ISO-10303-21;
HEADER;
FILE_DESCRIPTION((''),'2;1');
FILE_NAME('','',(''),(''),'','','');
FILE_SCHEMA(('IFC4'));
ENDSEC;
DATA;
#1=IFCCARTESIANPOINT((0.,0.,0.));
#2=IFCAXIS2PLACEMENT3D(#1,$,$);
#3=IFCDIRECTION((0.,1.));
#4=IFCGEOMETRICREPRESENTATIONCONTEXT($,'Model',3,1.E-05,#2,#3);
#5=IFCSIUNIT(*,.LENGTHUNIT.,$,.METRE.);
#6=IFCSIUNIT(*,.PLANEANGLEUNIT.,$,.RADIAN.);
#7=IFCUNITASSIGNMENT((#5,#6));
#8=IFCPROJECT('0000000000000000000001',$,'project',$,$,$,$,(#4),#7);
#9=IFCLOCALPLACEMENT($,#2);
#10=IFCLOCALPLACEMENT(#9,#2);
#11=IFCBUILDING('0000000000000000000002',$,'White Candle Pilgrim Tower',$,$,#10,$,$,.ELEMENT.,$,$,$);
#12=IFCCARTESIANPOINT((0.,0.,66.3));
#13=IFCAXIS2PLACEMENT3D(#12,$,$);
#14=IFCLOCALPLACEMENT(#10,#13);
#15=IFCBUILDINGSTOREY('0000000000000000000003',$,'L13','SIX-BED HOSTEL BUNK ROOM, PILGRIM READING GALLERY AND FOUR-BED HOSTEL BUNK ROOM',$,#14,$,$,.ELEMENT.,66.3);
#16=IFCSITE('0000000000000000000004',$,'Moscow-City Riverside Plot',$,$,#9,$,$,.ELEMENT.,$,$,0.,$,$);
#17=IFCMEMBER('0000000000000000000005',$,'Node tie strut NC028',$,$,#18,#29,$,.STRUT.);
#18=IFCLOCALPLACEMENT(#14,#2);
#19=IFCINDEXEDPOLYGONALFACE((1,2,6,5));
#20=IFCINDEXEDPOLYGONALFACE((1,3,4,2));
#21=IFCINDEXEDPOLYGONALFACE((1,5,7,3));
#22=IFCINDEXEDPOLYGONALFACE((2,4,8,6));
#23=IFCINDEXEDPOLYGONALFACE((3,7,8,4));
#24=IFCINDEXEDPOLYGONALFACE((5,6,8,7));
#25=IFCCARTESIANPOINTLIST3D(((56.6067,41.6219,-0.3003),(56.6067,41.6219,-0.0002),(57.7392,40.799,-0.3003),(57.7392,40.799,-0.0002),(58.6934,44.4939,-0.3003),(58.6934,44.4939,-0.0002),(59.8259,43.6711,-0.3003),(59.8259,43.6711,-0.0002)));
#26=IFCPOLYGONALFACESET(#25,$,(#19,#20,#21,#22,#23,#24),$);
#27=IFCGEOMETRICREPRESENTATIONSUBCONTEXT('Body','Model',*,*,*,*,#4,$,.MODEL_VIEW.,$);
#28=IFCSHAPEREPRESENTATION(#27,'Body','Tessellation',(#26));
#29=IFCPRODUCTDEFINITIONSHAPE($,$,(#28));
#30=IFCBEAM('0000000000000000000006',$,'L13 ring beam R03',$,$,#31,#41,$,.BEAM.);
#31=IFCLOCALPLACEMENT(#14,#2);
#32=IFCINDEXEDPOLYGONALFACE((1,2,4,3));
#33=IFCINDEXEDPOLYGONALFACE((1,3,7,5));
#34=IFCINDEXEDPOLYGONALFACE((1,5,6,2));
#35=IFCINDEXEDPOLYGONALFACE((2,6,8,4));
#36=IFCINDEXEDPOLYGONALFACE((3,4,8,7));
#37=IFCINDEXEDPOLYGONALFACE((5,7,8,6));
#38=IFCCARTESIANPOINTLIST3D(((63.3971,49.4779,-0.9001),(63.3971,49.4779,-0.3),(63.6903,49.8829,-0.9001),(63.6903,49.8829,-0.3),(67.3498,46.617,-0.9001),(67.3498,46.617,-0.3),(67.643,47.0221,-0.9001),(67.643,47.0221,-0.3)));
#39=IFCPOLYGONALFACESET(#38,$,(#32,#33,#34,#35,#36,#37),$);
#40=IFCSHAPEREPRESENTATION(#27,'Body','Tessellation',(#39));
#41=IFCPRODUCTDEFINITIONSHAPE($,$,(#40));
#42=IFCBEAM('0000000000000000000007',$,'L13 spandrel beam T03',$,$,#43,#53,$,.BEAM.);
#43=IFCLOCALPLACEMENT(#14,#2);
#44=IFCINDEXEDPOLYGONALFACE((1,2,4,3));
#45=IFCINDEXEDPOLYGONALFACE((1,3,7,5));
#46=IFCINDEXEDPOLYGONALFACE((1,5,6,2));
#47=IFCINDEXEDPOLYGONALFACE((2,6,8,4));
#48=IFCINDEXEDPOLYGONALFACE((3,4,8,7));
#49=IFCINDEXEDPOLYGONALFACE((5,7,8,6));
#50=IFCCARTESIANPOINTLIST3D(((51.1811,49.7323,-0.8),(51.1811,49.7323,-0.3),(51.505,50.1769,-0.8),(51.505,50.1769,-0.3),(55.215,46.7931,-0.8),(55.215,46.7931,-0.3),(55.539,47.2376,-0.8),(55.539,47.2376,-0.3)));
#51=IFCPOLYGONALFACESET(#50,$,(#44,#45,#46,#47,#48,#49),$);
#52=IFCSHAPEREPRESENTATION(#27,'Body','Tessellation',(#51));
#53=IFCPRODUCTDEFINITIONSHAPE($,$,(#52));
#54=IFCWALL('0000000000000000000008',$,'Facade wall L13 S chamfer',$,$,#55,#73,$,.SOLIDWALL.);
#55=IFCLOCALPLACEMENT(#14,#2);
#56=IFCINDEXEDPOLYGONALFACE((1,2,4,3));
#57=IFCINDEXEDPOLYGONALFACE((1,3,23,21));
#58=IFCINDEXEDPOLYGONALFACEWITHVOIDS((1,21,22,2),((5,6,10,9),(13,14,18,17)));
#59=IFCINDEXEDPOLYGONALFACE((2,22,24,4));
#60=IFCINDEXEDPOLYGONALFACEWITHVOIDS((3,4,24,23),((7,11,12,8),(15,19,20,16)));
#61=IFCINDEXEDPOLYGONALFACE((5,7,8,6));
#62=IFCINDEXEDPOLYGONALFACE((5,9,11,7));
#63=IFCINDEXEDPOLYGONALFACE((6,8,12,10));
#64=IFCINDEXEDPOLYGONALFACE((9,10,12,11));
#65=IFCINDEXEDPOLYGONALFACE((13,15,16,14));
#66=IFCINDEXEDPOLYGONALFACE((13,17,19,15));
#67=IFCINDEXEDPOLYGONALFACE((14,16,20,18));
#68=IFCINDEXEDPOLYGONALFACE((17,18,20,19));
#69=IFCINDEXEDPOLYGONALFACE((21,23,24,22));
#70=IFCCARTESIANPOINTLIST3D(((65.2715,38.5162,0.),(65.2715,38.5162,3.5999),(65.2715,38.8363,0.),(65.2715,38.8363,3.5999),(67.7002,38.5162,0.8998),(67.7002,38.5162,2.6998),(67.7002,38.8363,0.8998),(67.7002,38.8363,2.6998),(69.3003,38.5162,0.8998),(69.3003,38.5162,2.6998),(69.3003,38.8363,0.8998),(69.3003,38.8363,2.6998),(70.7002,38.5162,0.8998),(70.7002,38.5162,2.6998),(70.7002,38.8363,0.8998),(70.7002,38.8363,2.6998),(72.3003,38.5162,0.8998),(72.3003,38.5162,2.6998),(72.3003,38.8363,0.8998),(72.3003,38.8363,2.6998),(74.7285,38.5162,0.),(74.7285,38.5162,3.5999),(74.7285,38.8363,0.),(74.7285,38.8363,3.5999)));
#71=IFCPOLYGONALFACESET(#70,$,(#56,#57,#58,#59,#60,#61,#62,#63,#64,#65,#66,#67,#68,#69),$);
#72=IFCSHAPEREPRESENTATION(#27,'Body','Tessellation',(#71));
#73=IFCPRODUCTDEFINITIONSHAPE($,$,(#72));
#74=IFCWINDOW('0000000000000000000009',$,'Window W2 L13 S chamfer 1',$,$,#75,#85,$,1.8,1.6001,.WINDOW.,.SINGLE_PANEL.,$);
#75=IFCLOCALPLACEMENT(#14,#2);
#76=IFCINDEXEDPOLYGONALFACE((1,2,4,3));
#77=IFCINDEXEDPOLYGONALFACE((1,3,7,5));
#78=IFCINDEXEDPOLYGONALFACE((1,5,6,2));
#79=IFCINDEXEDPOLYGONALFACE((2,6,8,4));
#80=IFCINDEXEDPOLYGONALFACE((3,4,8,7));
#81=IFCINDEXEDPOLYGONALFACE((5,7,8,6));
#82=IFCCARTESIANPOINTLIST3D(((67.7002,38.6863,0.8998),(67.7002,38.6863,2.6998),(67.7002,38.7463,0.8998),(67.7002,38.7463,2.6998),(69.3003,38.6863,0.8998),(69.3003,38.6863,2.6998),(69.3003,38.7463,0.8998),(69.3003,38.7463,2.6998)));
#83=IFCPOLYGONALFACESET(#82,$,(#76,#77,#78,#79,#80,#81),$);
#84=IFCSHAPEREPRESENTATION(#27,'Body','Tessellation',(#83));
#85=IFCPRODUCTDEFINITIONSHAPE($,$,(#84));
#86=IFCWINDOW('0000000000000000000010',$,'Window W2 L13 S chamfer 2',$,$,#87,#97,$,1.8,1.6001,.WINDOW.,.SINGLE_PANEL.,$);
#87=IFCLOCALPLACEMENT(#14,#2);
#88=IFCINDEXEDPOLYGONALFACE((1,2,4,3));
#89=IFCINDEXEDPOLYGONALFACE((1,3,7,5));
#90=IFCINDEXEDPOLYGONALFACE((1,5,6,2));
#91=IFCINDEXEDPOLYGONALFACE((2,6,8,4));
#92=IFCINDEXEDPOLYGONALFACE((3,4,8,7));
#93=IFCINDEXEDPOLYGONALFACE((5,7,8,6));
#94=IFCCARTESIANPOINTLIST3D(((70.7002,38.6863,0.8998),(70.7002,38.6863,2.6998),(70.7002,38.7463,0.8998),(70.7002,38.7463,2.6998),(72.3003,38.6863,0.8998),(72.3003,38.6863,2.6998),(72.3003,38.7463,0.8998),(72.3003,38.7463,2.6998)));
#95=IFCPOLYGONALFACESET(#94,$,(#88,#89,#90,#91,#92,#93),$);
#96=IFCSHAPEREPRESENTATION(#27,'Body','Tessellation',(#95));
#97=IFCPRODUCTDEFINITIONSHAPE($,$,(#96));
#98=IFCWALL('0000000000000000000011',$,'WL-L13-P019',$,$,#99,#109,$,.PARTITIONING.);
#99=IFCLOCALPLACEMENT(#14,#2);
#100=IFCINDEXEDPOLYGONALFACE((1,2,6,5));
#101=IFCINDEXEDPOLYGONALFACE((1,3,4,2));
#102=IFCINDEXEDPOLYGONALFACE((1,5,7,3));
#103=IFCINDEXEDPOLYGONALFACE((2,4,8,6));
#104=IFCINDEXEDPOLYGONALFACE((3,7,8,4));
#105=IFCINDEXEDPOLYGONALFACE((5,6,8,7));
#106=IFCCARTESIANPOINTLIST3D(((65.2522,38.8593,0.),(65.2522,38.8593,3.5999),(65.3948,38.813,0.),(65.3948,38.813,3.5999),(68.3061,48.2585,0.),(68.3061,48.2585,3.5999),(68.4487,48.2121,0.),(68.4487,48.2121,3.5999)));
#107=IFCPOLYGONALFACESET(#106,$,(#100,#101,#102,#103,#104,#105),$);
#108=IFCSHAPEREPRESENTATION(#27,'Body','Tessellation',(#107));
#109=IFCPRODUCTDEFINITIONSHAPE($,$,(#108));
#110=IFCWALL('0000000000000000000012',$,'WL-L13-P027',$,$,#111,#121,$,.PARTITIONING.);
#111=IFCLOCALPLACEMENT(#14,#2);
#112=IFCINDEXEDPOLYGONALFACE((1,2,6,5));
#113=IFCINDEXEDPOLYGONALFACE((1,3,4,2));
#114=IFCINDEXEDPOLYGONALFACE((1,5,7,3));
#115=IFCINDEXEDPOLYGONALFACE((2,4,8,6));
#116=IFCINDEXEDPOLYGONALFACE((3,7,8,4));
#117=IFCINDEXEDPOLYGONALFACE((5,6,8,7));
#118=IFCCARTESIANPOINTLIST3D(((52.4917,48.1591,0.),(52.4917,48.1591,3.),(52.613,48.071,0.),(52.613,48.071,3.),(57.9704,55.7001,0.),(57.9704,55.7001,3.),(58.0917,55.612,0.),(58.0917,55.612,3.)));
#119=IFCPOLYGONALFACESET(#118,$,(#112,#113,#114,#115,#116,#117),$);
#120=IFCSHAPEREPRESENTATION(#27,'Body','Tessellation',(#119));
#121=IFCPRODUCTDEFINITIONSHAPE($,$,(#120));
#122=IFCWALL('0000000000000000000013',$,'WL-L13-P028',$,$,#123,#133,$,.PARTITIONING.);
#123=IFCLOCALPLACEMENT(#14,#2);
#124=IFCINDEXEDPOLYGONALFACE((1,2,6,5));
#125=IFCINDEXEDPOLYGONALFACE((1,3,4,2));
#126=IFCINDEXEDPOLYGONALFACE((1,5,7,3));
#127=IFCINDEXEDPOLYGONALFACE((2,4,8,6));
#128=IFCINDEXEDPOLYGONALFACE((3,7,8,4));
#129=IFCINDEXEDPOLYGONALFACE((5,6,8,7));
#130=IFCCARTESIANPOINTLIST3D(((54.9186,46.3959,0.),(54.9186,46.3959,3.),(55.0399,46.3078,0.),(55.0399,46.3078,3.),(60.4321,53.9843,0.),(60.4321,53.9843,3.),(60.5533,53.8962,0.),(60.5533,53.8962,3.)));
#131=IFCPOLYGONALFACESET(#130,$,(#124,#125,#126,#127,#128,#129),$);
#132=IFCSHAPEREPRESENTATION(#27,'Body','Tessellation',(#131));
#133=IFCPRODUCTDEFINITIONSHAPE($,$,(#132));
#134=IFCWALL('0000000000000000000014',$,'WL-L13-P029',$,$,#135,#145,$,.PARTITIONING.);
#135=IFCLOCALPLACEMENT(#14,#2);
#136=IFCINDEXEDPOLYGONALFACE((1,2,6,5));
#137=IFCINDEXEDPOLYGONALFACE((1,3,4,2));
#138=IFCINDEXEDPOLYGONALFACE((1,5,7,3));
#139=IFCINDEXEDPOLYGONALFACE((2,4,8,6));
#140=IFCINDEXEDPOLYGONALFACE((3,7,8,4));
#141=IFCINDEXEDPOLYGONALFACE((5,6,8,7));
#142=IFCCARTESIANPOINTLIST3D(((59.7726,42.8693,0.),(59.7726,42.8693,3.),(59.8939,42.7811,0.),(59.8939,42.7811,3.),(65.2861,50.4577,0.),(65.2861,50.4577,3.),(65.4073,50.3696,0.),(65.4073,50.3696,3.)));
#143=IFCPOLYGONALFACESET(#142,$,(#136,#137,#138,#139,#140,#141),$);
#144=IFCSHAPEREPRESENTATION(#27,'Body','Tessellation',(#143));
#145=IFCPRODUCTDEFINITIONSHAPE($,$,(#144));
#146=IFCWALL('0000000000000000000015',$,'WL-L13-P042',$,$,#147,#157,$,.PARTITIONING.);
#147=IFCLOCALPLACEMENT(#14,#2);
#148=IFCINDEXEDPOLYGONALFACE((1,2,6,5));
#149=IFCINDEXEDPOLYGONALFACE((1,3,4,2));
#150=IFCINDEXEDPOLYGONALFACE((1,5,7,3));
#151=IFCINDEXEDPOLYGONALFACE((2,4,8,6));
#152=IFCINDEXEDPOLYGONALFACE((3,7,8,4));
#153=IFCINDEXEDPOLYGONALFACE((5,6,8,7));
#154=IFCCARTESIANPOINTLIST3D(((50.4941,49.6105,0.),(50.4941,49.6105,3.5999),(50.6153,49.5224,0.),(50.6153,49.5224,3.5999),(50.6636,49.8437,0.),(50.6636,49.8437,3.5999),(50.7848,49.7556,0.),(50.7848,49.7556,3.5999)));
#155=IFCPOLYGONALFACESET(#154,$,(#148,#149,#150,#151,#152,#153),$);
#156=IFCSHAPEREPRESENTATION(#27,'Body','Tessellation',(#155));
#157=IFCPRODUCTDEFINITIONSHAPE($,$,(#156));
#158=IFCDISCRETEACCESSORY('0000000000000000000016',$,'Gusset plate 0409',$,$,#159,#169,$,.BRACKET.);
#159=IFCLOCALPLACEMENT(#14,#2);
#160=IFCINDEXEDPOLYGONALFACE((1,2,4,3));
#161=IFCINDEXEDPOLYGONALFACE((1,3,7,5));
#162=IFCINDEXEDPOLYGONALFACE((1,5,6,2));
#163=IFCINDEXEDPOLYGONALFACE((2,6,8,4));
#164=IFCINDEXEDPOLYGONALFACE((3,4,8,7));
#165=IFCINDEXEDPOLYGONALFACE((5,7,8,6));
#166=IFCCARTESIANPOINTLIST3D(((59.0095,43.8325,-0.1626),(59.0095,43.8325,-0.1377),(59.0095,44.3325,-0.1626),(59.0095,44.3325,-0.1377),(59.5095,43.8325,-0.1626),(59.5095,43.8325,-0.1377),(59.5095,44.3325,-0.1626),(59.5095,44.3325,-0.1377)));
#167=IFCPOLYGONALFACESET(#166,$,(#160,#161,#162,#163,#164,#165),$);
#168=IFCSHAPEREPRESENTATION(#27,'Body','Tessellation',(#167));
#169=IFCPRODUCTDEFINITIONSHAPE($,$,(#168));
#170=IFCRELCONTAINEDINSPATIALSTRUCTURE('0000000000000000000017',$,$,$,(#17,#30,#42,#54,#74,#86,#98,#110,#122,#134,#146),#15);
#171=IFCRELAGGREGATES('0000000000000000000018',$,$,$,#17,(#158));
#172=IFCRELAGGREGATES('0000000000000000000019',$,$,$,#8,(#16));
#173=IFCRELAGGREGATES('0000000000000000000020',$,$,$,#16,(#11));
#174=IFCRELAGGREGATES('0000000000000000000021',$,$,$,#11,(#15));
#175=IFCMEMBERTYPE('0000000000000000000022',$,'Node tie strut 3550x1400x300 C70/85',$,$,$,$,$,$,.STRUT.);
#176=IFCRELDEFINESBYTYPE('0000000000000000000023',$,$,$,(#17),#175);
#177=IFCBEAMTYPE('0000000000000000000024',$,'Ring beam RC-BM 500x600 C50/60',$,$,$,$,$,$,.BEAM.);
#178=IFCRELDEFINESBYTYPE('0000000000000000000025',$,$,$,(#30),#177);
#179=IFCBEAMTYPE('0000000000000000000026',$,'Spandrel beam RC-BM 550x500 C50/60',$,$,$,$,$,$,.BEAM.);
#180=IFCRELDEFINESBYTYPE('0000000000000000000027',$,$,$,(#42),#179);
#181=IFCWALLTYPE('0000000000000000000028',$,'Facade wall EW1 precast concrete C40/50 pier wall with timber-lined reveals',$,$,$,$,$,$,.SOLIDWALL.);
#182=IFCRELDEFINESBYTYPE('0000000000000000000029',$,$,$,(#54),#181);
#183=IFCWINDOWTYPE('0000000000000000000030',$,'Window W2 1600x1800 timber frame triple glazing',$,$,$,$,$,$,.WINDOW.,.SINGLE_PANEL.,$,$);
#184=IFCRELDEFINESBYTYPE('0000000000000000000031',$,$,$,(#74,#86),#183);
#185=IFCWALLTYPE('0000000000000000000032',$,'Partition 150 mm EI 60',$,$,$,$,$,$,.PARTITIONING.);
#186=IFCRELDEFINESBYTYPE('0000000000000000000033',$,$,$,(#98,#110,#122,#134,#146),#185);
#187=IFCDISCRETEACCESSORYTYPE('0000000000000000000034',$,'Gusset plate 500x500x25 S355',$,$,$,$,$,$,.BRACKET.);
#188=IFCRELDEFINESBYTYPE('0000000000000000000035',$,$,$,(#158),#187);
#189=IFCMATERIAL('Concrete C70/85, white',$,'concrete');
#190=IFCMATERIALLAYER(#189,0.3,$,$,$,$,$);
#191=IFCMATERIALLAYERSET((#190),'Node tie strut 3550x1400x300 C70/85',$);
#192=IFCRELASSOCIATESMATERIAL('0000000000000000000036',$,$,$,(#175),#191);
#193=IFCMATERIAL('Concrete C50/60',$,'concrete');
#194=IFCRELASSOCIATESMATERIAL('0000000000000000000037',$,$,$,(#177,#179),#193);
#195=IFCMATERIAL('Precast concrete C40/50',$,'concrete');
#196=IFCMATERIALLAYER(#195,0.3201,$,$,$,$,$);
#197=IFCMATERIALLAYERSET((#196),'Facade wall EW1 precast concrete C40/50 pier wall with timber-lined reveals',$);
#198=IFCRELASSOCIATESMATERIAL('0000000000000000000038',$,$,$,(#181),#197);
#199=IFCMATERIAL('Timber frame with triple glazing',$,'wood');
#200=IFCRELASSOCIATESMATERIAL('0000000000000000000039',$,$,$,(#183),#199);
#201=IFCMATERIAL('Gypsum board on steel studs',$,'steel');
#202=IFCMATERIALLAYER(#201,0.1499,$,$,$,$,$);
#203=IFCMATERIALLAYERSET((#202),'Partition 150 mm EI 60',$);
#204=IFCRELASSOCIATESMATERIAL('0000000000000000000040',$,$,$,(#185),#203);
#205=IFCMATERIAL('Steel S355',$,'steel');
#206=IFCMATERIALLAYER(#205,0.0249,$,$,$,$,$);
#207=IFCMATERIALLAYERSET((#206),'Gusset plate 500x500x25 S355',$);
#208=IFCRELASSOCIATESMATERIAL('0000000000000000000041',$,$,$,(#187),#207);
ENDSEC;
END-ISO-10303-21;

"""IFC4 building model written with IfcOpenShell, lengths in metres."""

from ifc_helpers import new_model, si_unit, direction, frame, frame_2d, origin, origin_2d, place, context, subcontext, project, spatial, rectangle, extrude, material, layer, layer_set, material_profile, profile_set, type_object, element, fill, aggregate, save


model = new_model("IFC4")

# Units and contexts
model_context = context("Model", 3, precision=1e-05, world=origin(), true_north=direction((0.0, 1.0)))
body_context = subcontext(model_context, "Body", "Model", "MODEL_VIEW")
ifc_project = project(units=[si_unit("LENGTHUNIT", "METRE"), si_unit("PLANEANGLEUNIT", "RADIAN")], contexts=[model_context])

# Site, building, storey
site_placement = place(None, origin())
site = spatial("IfcSite", under=ifc_project, at=site_placement, Name="Moscow-City Riverside Plot", CompositionType="ELEMENT", RefElevation=0.0)
building_placement = place(site_placement, origin())
building = spatial("IfcBuilding", under=site, at=building_placement, Name="White Candle Pilgrim Tower", CompositionType="ELEMENT")
storey_placement = place(building_placement, frame((0.0, 0.0, 66.3)))
storey = spatial("IfcBuildingStorey", under=building, at=storey_placement, Name="L13", Description="SIX-BED HOSTEL BUNK ROOM, PILGRIM READING GALLERY AND FOUR-BED HOSTEL BUNK ROOM", CompositionType="ELEMENT", Elevation=66.3)

# Member
ifc_material_1 = material(Name="Concrete C70/85, white", Category="concrete")
ifc_layer_1 = layer(ifc_material_1, 0.3)
ifc_layer_set_1 = layer_set([ifc_layer_1], Name="Node tie strut 3550x1400x300 C70/85")
member_type_1 = type_object("IfcMemberType", Name="Node tie strut 3550x1400x300 C70/85", PredefinedType="STRUT", material=ifc_layer_set_1)
member_1_placement = place(storey_placement, frame((58.2163, 42.6465, -0.3003), z_axis=(0.0, 0.0, 1.0), x_axis=(0.809017, -0.587785, 0.0)))
member_1 = element("IfcMember", 1, at=member_1_placement, inside=storey, type_object=member_type_1, Name="Node tie strut NC028", PredefinedType="STRUT", context=body_context, shape_type="SweptSolid", body=[
    extrude(rectangle(XDim=1.3999, YDim=3.55, at=origin_2d()), origin(), (0.0, 0.0, 1.0), 0.3),
])

# Beams
ifc_material_2 = material(Name="Concrete C50/60", Category="concrete")
ifc_material_profile_1 = material_profile(ifc_material_2, rectangle(XDim=0.5, YDim=0.6001, at=origin_2d()), Name="RC-BM 500x600")
ifc_profile_set_1 = profile_set([ifc_material_profile_1], Name="Concrete C50/60")
beam_type_1 = type_object("IfcBeamType", Name="Ring beam RC-BM 500x600 C50/60", PredefinedType="BEAM", material=ifc_profile_set_1)
beam_1_placement = place(storey_placement, frame((63.5437, 49.6804, -0.6001), z_axis=(0.81008, -0.58632, 0.0), x_axis=(0.58632, 0.81008, 0.0)))
element("IfcBeam", 2, at=beam_1_placement, inside=storey, type_object=beam_type_1, Name="L13 ring beam R03", PredefinedType="BEAM", context=body_context, shape_type="SweptSolid", body=[
    extrude(rectangle(XDim=0.5, YDim=0.6001, at=origin_2d()), origin(), (0.0, 0.0, 1.0), 4.8794),
])
ifc_material_profile_2 = material_profile(ifc_material_2, rectangle(XDim=0.55, YDim=0.5, at=origin_2d()), Name="RC-BM 550x500")
ifc_profile_set_2 = profile_set([ifc_material_profile_2], Name="Concrete C50/60")
beam_type_2 = type_object("IfcBeamType", Name="Spandrel beam RC-BM 550x500 C50/60", PredefinedType="BEAM", material=ifc_profile_set_2)
beam_2_placement = place(storey_placement, frame((51.343, 49.9546, -0.55), z_axis=(0.808218, -0.588884, 0.0), x_axis=(0.588884, 0.808218, 0.0)))
element("IfcBeam", 3, at=beam_2_placement, inside=storey, type_object=beam_type_2, Name="L13 spandrel beam T03", PredefinedType="BEAM", context=body_context, shape_type="SweptSolid", body=[
    extrude(rectangle(XDim=0.55, YDim=0.5, at=origin_2d()), origin(), (0.0, 0.0, 1.0), 4.9912),
])

# Wall, openings, windows
ifc_material_3 = material(Name="Precast concrete C40/50", Category="concrete")
ifc_layer_2 = layer(ifc_material_3, 0.3201)
ifc_layer_set_2 = layer_set([ifc_layer_2], Name="Facade wall EW1 precast concrete C40/50 pier wall with timber-lined reveals")
wall_type_1 = type_object("IfcWallType", Name="Facade wall EW1 precast concrete C40/50 pier wall with timber-lined reveals", PredefinedType="SOLIDWALL", material=ifc_layer_set_2)
wall_1_placement = place(storey_placement, frame((65.2715, 38.6763, 0.0), z_axis=(0.0, 0.0, 1.0), x_axis=(1.0, 0.0, 0.0)))
wall_1 = element("IfcWall", 4, at=wall_1_placement, inside=storey, type_object=wall_type_1, Name="Facade wall L13 S chamfer", PredefinedType="SOLIDWALL", context=body_context, shape_type="SweptSolid", body=[
    extrude(rectangle(XDim=9.457, YDim=0.3201, at=frame_2d((4.7285, 0.0))), origin(), (0.0, 0.0, 1.0), 3.5999),
])
opening_1_placement = place(wall_1_placement, frame((2.4287, 0.0, 0.8999)))
opening_1 = element("IfcOpeningElement", 5, at=opening_1_placement, cuts=wall_1, PredefinedType="OPENING", context=body_context, shape_type="SweptSolid", body=[
    extrude(rectangle(XDim=1.6001, YDim=1.8, at=frame_2d((0.8, 0.8999))), frame((0.0, 0.1699, 0.0), z_axis=(0.0, -1.0, 0.0), x_axis=(1.0, 0.0, 0.0)), (0.0, 0.0, 1.0), 0.3401),
])
opening_2_placement = place(wall_1_placement, frame((5.4287, 0.0, 0.8999)))
opening_2 = element("IfcOpeningElement", 6, at=opening_2_placement, cuts=wall_1, PredefinedType="OPENING", context=body_context, shape_type="SweptSolid", body=[
    extrude(rectangle(XDim=1.6001, YDim=1.8, at=frame_2d((0.8, 0.8999))), frame((0.0, 0.1699, 0.0), z_axis=(0.0, -1.0, 0.0), x_axis=(1.0, 0.0, 0.0)), (0.0, 0.0, 1.0), 0.3401),
])
ifc_material_4 = material(Name="Timber frame with triple glazing", Category="wood")
window_type = type_object("IfcWindowType", Name="Window W2 1600x1800 timber frame triple glazing", PartitioningType="SINGLE_PANEL", PredefinedType="WINDOW", material=ifc_material_4)
window_1_placement = place(opening_1_placement, origin())
window_1 = element("IfcWindow", 7, at=window_1_placement, inside=storey, type_object=window_type, Name="Window W2 L13 S chamfer 1", OverallHeight=1.8, OverallWidth=1.6001, PartitioningType="SINGLE_PANEL", PredefinedType="WINDOW", context=body_context, shape_type="SweptSolid", body=[
    extrude(rectangle(XDim=1.6001, YDim=1.8, at=frame_2d((0.8, 0.8999))), frame((0.0, 0.0701, 0.0), z_axis=(0.0, -1.0, 0.0), x_axis=(1.0, 0.0, 0.0)), (0.0, 0.0, 1.0), 0.0601),
])
fill(opening_1, window_1)
window_2_placement = place(opening_2_placement, origin())
window_2 = element("IfcWindow", 8, at=window_2_placement, inside=storey, type_object=window_type, Name="Window W2 L13 S chamfer 2", OverallHeight=1.8, OverallWidth=1.6001, PartitioningType="SINGLE_PANEL", PredefinedType="WINDOW", context=body_context, shape_type="SweptSolid", body=[
    extrude(rectangle(XDim=1.6001, YDim=1.8, at=frame_2d((0.8, 0.8999))), frame((0.0, 0.0701, 0.0), z_axis=(0.0, -1.0, 0.0), x_axis=(1.0, 0.0, 0.0)), (0.0, 0.0, 1.0), 0.0601),
])
fill(opening_2, window_2)

# Walls
ifc_material_5 = material(Name="Gypsum board on steel studs", Category="steel")
ifc_layer_3 = layer(ifc_material_5, 0.1499)
ifc_layer_set_3 = layer_set([ifc_layer_3], Name="Partition 150 mm EI 60")
wall_type_2 = type_object("IfcWallType", Name="Partition 150 mm EI 60", PredefinedType="PARTITIONING", material=ifc_layer_set_3)
wall_2_placement = place(storey_placement, frame((65.3235, 38.8362, 0.0), z_axis=(0.0, 0.0, 1.0), x_axis=(0.309015, 0.951057, 0.0)))
element("IfcWall", 9, at=wall_2_placement, inside=storey, type_object=wall_type_2, Name="WL-L13-P019", PredefinedType="PARTITIONING", context=body_context, shape_type="SweptSolid", body=[
    extrude(rectangle(XDim=9.8828, YDim=0.1499, at=frame_2d((4.9414, 0.0))), origin(), (0.0, 0.0, 1.0), 3.5999),
])
wall_3_placement = place(storey_placement, frame((52.5522, 48.115, 0.0), z_axis=(0.0, 0.0, 1.0), x_axis=(0.587778, 0.809023, 0.0)))
element("IfcWall", 10, at=wall_3_placement, inside=storey, type_object=wall_type_2, Name="WL-L13-P027", PredefinedType="PARTITIONING", context=body_context, shape_type="SweptSolid", body=[
    extrude(rectangle(XDim=9.321, YDim=0.1499, at=frame_2d((4.6606, 0.0))), origin(), (0.0, 0.0, 1.0), 3.0),
])
for number, where, z_axis, x_axis, name in (
    (11, (54.9792, 46.3518, 0.0), (0.0, 0.0, 1.0), (0.587796, 0.80901, 0.0), "WL-L13-P028"),
    (12, (59.8333, 42.8252, 0.0), (0.0, 0.0, 1.0), (0.587796, 0.80901, 0.0), "WL-L13-P029"),
):
    element("IfcWall", number, at=place(storey_placement, frame(where, z_axis=z_axis, x_axis=x_axis)), inside=storey, type_object=wall_type_2, Name=name, PredefinedType="PARTITIONING", context=body_context, shape_type="SweptSolid", body=[
        extrude(rectangle(XDim=9.3799, YDim=0.1499, at=frame_2d((4.6899, 0.0))), origin(), (0.0, 0.0, 1.0), 3.0),
    ])
wall_4_placement = place(storey_placement, frame((50.7241, 49.7996, 0.0), z_axis=(0.0, 0.0, 1.0), x_axis=(-0.587869, -0.808956, 0.0)))
element("IfcWall", 13, at=wall_4_placement, inside=storey, type_object=wall_type_2, Name="WL-L13-P042", PredefinedType="PARTITIONING", context=body_context, shape_type="SweptSolid", body=[
    extrude(rectangle(XDim=0.2883, YDim=0.1499, at=frame_2d((0.144, 0.0))), origin(), (0.0, 0.0, 1.0), 3.5999),
])

# Discrete accessory
ifc_material_6 = material(Name="Steel S355", Category="steel")
ifc_layer_4 = layer(ifc_material_6, 0.0249)
ifc_layer_set_4 = layer_set([ifc_layer_4], Name="Gusset plate 500x500x25 S355")
discrete_accessory_type = type_object("IfcDiscreteAccessoryType", Name="Gusset plate 500x500x25 S355", PredefinedType="BRACKET", material=ifc_layer_set_4)
discrete_accessory_1_placement = place(storey_placement, frame((59.2595, 44.0825, -0.1626), z_axis=(0.0, 0.0, 1.0), x_axis=(1.0, 0.0, 0.0)))
discrete_accessory_1 = element("IfcDiscreteAccessory", 14, at=discrete_accessory_1_placement, type_object=discrete_accessory_type, Name="Gusset plate 0409", PredefinedType="BRACKET", context=body_context, shape_type="SweptSolid", body=[
    extrude(rectangle(XDim=0.5, YDim=0.5, at=origin_2d()), origin(), (0.0, 0.0, 1.0), 0.0249),
])
aggregate(member_1, [discrete_accessory_1])

save(model, "model.ifc")
